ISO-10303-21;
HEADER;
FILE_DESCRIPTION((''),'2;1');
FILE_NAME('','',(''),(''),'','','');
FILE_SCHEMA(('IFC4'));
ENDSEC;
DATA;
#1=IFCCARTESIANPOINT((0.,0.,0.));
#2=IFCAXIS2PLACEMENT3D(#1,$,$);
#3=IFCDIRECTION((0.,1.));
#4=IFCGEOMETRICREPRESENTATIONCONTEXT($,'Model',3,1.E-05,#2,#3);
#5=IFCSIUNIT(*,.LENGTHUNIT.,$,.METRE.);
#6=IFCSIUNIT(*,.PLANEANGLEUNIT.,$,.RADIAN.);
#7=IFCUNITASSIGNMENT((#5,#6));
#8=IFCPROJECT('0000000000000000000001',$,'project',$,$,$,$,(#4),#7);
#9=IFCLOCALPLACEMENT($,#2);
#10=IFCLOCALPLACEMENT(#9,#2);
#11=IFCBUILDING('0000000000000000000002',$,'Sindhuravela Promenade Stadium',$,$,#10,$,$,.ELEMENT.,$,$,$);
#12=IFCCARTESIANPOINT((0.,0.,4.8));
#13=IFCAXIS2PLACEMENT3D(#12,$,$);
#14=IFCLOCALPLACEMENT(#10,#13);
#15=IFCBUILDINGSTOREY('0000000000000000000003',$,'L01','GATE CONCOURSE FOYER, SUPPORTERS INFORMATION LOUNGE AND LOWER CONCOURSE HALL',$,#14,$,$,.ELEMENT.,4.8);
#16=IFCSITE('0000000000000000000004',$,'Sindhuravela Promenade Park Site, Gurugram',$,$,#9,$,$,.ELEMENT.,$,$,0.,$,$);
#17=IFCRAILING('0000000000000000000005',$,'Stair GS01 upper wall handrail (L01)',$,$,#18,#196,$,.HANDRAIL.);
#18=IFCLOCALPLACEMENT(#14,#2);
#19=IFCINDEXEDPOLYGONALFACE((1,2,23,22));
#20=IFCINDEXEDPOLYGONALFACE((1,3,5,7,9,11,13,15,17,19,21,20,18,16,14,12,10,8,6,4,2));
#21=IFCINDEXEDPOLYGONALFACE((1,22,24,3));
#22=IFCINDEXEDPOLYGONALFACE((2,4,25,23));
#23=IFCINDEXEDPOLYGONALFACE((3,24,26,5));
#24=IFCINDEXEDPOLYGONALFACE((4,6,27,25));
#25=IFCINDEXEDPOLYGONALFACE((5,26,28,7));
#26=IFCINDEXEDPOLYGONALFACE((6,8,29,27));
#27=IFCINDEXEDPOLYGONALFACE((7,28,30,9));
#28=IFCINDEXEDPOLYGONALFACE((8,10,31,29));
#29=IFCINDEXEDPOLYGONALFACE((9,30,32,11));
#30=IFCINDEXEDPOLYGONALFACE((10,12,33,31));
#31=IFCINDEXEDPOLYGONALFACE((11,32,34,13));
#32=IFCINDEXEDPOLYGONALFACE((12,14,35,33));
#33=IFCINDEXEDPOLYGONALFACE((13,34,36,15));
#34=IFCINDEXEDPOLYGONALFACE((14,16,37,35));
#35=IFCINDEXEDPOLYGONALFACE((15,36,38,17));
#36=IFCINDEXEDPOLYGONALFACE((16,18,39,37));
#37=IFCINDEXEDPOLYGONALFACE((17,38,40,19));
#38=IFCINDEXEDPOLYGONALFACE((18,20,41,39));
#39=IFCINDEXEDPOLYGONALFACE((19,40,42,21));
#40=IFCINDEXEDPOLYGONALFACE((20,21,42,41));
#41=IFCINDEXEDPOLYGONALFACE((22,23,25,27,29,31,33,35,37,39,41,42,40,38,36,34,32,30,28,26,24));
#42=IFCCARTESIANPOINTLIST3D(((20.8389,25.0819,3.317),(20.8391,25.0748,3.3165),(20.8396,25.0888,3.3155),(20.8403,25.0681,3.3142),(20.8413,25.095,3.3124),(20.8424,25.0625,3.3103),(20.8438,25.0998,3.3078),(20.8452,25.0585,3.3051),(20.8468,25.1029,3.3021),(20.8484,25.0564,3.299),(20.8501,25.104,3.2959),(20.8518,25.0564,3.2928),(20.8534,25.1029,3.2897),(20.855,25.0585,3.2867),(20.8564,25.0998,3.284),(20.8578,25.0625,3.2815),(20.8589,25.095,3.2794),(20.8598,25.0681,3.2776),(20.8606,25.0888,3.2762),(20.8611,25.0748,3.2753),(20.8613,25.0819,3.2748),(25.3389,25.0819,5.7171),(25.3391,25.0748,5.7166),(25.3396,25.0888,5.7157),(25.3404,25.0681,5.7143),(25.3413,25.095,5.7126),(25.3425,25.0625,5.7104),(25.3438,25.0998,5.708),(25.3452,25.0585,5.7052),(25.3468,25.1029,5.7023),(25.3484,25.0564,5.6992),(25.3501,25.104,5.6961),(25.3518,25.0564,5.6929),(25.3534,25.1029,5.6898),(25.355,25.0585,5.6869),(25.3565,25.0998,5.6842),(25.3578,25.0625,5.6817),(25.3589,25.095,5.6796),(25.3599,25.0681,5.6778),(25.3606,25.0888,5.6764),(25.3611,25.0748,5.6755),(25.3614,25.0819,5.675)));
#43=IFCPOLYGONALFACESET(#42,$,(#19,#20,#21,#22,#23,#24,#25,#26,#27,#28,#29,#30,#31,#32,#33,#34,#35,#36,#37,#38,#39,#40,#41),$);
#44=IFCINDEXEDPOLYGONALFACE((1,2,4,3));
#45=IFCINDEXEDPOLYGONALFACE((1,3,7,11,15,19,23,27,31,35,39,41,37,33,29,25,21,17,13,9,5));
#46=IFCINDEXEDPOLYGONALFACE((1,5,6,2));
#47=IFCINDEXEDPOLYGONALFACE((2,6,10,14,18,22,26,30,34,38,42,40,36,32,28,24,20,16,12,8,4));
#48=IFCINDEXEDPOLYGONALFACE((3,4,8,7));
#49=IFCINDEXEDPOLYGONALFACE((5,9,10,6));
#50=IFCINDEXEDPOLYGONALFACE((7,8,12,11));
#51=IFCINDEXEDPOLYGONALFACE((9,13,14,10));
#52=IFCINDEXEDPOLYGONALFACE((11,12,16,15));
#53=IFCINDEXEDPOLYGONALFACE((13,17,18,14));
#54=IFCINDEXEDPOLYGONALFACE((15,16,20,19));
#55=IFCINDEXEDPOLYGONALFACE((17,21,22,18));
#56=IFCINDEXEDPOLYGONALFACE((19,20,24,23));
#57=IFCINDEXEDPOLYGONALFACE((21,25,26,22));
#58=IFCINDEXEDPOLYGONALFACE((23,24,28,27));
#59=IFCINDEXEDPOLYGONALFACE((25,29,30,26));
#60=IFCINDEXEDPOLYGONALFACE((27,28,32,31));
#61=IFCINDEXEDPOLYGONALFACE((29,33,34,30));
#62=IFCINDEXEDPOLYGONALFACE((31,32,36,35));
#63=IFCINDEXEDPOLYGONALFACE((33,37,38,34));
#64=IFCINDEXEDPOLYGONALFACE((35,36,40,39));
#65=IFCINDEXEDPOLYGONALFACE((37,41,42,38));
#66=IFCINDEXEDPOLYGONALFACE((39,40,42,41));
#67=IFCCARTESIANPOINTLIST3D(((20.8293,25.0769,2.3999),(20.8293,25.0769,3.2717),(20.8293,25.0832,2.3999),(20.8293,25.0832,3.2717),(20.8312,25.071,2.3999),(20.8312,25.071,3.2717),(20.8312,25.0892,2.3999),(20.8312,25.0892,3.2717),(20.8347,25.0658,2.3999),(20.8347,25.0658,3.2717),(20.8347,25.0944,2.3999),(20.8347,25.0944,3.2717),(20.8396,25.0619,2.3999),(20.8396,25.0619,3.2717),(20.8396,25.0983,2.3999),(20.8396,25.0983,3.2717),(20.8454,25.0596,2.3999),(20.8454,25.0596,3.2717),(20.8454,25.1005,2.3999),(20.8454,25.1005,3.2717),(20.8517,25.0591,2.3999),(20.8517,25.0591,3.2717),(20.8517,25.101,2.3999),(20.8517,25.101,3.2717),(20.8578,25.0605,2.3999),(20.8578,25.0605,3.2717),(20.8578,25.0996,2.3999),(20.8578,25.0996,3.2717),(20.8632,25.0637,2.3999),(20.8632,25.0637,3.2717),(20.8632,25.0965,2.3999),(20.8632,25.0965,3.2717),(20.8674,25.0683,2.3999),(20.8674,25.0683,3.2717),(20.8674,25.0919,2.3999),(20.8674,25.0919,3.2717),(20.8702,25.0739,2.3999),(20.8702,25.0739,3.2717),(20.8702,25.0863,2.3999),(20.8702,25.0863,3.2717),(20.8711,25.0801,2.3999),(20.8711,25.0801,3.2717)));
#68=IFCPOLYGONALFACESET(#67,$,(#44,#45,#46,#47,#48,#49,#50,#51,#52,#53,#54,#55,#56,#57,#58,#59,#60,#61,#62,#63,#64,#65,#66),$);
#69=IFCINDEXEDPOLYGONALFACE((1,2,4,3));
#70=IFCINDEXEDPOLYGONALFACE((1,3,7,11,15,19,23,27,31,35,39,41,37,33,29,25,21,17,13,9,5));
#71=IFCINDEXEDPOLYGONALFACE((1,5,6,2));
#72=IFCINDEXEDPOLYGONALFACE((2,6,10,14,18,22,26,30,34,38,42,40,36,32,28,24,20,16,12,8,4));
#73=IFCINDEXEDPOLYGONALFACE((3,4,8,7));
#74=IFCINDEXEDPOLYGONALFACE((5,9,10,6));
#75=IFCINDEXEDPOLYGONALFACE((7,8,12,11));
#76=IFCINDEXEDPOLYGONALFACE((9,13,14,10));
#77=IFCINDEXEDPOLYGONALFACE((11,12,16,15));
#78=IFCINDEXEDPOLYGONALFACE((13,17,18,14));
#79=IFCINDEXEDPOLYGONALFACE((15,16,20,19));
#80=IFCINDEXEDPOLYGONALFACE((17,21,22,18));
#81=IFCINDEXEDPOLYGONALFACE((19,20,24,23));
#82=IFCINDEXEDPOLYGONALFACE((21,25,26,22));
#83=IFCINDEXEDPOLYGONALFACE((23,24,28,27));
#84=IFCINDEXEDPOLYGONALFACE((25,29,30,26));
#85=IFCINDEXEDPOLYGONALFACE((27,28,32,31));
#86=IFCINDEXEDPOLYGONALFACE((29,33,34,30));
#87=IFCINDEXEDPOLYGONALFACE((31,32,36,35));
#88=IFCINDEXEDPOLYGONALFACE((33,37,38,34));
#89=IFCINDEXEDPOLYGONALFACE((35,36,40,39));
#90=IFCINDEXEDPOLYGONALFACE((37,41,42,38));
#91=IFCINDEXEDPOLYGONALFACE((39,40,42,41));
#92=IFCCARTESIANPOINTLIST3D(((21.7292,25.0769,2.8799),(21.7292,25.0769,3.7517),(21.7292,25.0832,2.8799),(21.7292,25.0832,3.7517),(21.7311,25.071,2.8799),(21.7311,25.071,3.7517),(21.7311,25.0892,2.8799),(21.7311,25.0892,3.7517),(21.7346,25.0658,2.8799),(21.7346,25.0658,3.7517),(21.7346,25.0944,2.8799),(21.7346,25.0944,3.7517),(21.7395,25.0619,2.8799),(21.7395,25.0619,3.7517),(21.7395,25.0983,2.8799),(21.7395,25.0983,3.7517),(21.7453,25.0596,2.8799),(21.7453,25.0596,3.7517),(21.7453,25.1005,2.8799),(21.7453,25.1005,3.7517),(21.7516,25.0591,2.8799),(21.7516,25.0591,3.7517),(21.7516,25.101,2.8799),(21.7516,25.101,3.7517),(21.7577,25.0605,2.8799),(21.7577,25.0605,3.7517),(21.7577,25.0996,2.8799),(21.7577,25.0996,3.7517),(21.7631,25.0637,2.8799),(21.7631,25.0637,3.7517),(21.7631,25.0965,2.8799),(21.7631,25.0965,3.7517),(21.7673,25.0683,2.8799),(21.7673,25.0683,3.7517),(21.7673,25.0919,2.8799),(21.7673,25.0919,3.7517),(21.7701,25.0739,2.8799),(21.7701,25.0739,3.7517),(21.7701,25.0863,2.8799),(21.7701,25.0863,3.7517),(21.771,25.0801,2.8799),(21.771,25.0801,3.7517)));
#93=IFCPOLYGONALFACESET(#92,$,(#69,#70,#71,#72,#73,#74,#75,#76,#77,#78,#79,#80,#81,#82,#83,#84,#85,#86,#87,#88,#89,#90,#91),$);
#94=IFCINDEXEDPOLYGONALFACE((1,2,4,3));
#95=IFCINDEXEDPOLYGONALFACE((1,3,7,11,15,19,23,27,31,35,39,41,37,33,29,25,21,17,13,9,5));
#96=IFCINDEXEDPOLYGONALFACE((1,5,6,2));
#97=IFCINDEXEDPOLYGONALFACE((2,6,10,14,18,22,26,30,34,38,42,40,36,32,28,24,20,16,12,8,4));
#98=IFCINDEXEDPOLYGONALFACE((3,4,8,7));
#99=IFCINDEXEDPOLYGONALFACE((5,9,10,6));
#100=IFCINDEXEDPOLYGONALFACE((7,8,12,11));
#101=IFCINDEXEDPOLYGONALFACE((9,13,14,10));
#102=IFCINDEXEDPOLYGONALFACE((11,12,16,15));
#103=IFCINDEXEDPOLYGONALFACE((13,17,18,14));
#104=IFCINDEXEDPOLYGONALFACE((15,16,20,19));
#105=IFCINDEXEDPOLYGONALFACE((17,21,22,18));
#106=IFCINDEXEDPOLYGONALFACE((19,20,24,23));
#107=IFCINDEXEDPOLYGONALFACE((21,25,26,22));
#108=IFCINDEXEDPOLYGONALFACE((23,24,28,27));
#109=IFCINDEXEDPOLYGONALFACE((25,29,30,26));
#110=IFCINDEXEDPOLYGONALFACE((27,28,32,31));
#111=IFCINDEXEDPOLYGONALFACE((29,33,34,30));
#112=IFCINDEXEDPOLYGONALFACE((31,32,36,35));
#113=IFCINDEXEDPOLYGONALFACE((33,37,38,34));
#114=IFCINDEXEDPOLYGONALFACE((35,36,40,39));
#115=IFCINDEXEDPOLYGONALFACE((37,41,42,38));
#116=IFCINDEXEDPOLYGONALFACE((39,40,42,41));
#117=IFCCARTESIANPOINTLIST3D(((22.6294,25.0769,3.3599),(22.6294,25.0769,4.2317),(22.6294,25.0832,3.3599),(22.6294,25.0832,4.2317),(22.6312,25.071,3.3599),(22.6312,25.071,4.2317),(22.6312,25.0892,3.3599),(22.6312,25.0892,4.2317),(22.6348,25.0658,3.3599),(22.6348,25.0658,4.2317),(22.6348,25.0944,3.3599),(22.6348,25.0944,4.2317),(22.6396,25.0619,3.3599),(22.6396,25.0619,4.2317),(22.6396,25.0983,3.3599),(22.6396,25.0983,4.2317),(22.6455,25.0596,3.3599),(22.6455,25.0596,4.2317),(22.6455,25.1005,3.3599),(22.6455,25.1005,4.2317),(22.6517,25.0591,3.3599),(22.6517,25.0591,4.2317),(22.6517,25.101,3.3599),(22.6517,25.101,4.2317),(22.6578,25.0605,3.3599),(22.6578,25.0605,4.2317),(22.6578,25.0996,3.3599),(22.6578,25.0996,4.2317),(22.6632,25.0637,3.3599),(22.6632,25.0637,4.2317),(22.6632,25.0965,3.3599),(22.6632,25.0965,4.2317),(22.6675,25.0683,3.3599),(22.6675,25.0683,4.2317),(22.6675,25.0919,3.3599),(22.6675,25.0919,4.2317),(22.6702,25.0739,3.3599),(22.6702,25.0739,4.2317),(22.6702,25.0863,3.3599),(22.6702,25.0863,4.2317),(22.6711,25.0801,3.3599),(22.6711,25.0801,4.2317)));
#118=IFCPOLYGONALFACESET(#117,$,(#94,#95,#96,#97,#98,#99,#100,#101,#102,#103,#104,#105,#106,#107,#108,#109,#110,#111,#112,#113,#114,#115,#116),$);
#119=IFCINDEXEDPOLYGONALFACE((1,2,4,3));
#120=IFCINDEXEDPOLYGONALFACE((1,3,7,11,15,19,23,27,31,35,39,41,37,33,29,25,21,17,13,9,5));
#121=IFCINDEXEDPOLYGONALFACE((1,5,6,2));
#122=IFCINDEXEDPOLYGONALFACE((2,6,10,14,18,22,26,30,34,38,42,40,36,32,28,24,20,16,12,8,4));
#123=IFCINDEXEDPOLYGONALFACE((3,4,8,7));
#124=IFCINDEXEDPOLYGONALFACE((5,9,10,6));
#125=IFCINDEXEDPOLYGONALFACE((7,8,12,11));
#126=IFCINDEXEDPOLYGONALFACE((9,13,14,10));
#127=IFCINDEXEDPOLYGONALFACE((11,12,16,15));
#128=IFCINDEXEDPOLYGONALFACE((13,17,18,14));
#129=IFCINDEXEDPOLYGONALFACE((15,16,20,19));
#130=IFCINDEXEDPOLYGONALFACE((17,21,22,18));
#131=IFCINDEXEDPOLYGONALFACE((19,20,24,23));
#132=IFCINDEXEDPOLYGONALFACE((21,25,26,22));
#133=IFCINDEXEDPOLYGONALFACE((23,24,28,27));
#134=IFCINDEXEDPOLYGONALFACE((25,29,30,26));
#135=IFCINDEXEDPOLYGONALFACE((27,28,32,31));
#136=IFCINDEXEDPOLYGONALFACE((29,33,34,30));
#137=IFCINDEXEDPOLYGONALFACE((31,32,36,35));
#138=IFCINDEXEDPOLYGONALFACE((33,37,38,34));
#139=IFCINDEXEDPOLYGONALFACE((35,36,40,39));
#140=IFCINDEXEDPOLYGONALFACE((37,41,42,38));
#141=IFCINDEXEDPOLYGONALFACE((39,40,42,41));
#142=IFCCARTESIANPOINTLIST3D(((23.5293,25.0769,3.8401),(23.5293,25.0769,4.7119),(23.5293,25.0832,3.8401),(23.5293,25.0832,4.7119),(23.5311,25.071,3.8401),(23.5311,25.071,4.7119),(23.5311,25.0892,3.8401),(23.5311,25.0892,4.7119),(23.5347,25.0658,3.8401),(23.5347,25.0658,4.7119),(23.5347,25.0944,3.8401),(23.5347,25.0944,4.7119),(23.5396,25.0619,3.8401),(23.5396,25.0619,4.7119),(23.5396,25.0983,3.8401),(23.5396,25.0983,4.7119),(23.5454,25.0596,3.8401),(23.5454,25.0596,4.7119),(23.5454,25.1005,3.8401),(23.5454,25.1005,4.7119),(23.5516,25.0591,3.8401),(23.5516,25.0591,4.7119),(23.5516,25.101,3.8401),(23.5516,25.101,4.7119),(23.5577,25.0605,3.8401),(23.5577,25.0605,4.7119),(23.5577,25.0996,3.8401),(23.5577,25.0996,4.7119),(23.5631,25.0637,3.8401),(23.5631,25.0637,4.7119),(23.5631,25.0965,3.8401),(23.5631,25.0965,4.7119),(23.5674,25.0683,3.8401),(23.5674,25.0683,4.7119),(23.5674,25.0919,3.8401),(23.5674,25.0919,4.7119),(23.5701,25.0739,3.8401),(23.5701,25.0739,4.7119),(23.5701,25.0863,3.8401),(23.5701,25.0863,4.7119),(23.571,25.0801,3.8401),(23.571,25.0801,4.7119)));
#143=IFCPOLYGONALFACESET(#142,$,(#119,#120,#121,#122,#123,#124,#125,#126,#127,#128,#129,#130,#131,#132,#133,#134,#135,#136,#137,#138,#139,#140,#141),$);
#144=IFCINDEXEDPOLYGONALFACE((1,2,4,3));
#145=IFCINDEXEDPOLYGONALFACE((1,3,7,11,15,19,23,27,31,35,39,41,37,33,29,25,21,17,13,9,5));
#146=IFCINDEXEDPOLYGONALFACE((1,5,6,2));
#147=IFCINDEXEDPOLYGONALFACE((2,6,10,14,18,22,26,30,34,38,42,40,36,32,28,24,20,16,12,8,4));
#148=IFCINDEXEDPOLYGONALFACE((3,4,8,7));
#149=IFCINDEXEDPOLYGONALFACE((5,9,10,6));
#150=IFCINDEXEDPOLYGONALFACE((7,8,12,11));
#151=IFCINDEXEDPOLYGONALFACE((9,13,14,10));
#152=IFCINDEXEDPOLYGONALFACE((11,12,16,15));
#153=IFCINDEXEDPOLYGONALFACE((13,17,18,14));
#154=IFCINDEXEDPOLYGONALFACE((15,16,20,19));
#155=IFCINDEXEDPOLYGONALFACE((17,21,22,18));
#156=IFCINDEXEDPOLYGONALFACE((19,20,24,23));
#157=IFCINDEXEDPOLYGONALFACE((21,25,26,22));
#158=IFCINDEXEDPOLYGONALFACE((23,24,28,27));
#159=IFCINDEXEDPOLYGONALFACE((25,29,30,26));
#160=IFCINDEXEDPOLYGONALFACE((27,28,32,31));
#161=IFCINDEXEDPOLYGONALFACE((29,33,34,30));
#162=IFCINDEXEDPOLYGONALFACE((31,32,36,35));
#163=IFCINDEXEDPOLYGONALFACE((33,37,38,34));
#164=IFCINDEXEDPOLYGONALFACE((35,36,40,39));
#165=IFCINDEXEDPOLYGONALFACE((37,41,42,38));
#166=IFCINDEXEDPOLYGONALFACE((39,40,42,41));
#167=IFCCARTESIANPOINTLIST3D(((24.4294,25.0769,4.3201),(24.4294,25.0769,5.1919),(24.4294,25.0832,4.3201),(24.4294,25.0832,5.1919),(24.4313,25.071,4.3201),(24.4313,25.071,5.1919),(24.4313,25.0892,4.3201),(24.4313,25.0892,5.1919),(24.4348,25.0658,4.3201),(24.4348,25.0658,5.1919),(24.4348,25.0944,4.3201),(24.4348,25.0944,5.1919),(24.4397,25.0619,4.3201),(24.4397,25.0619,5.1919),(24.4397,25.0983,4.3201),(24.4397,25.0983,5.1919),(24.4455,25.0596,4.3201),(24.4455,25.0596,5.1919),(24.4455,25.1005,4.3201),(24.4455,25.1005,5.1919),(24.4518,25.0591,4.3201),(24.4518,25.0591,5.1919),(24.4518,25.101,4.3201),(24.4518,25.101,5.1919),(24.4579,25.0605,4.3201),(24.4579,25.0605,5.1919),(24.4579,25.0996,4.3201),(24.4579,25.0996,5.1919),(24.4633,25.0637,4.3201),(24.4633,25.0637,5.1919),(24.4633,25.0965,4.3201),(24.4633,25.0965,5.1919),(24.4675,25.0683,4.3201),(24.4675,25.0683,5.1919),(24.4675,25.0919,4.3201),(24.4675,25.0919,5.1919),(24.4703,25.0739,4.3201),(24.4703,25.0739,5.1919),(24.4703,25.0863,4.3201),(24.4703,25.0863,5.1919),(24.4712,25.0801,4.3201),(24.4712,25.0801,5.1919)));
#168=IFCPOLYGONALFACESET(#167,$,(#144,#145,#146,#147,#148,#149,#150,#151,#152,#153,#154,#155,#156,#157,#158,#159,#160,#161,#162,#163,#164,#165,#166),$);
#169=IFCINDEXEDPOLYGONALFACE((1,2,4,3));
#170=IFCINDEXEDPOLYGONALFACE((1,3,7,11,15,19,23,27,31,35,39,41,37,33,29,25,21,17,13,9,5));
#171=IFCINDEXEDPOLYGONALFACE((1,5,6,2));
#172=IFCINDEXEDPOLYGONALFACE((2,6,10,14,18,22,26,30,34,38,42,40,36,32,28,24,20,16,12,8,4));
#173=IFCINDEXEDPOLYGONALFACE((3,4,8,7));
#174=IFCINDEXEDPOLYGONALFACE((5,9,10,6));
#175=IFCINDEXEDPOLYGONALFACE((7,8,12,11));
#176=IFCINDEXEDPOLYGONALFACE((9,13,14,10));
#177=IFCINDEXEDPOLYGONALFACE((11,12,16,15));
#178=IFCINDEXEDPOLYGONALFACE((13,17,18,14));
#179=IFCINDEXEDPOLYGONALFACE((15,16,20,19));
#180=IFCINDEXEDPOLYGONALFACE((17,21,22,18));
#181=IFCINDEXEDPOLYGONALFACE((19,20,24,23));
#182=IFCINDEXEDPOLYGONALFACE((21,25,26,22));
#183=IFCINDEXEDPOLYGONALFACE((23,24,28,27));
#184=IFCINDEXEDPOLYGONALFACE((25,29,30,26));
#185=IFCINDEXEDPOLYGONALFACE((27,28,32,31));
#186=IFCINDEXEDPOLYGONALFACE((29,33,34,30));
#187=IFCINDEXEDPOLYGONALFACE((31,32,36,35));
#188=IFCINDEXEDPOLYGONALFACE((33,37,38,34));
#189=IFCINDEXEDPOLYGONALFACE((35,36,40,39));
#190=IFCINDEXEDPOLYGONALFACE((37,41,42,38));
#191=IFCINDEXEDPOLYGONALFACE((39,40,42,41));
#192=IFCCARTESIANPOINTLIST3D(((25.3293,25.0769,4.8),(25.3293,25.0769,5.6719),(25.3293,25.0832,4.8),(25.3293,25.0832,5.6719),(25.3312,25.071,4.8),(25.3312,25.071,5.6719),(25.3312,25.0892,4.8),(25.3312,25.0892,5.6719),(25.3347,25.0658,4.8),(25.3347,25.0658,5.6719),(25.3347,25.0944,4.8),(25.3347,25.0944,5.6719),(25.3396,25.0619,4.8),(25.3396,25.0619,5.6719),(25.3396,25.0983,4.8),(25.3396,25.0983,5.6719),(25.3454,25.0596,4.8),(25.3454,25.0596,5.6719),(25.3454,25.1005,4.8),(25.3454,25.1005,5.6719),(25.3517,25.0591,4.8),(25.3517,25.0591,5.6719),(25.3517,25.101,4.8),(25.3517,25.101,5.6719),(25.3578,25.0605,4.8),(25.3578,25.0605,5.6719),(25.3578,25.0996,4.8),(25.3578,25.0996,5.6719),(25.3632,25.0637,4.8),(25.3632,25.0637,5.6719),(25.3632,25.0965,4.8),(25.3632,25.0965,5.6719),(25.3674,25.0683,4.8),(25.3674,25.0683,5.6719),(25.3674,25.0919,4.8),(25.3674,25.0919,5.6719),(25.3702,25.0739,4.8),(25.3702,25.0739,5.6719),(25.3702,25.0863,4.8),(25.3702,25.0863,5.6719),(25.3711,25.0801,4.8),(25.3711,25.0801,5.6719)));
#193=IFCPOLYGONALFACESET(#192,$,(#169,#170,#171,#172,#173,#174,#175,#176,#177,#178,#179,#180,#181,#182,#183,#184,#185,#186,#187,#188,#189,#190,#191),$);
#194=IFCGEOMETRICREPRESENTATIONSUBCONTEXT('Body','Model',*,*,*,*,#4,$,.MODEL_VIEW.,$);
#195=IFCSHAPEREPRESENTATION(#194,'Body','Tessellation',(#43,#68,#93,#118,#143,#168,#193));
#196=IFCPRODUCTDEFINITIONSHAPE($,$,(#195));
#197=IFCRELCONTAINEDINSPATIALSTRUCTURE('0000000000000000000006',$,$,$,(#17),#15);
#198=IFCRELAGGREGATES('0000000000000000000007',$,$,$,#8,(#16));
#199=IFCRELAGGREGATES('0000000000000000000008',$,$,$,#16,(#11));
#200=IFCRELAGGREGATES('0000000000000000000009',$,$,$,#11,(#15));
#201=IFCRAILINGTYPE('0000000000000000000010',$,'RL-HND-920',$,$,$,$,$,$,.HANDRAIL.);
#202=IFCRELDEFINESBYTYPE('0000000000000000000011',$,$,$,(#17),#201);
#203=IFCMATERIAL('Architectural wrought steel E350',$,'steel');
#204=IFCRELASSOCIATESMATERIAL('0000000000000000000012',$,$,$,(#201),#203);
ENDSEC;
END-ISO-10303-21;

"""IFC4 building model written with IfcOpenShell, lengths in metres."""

from ifc_helpers import new_model, si_unit, direction, frame, origin, origin_2d, place, context, subcontext, project, spatial, circle, extrude, material, type_object, element, save


model = new_model("IFC4")

# Units and contexts
model_context = context("Model", 3, precision=1e-05, world=origin(), true_north=direction((0.0, 1.0)))
body_context = subcontext(model_context, "Body", "Model", "MODEL_VIEW")
ifc_project = project(units=[si_unit("LENGTHUNIT", "METRE"), si_unit("PLANEANGLEUNIT", "RADIAN")], contexts=[model_context])

# Site, building, storey
site_placement = place(None, origin())
site = spatial("IfcSite", under=ifc_project, at=site_placement, Name="Sindhuravela Promenade Park Site, Gurugram", CompositionType="ELEMENT", RefElevation=0.0)
building_placement = place(site_placement, origin())
building = spatial("IfcBuilding", under=site, at=building_placement, Name="Sindhuravela Promenade Stadium", CompositionType="ELEMENT")
storey_placement = place(building_placement, frame((0.0, 0.0, 4.8)))
storey = spatial("IfcBuildingStorey", under=building, at=storey_placement, Name="L01", Description="GATE CONCOURSE FOYER, SUPPORTERS INFORMATION LOUNGE AND LOWER CONCOURSE HALL", CompositionType="ELEMENT", Elevation=4.8)

# Railing
ifc_material_1 = material(Name="Architectural wrought steel E350", Category="steel")
railing_type_1 = type_object("IfcRailingType", Name="RL-HND-920", PredefinedType="HANDRAIL", material=ifc_material_1)
railing_1_placement = place(storey_placement, frame((20.8501, 25.0801, 2.3999)))
element("IfcRailing", 1, at=railing_1_placement, inside=storey, type_object=railing_type_1, Name="Stair GS01 upper wall handrail (L01)", PredefinedType="HANDRAIL", context=body_context, shape_type="SweptSolid", body=[
    extrude(circle(Radius=0.0239, at=origin_2d()), frame((0.0, 0.0, 0.896), z_axis=(0.882341, 0.0, 0.470611), x_axis=(0.0, 1.0, 0.0)), (0.0, 0.0, 1.0), 5.1001),
    extrude(circle(Radius=0.021, at=origin_2d()), origin(), (0.0, 0.0, 1.0), 0.8718),
    extrude(circle(Radius=0.021, at=origin_2d()), frame((0.8999, 0.0, 0.48)), (0.0, 0.0, 1.0), 0.8718),
    extrude(circle(Radius=0.021, at=origin_2d()), frame((1.8, 0.0, 0.96)), (0.0, 0.0, 1.0), 0.8718),
    extrude(circle(Radius=0.021, at=origin_2d()), frame((2.7, 0.0, 1.4402)), (0.0, 0.0, 1.0), 0.8718),
    extrude(circle(Radius=0.021, at=origin_2d()), frame((3.6001, 0.0, 1.9202)), (0.0, 0.0, 1.0), 0.8718),
    extrude(circle(Radius=0.021, at=origin_2d()), frame((4.5, 0.0, 2.4001)), (0.0, 0.0, 1.0), 0.8718),
])

save(model, "model.ifc")
